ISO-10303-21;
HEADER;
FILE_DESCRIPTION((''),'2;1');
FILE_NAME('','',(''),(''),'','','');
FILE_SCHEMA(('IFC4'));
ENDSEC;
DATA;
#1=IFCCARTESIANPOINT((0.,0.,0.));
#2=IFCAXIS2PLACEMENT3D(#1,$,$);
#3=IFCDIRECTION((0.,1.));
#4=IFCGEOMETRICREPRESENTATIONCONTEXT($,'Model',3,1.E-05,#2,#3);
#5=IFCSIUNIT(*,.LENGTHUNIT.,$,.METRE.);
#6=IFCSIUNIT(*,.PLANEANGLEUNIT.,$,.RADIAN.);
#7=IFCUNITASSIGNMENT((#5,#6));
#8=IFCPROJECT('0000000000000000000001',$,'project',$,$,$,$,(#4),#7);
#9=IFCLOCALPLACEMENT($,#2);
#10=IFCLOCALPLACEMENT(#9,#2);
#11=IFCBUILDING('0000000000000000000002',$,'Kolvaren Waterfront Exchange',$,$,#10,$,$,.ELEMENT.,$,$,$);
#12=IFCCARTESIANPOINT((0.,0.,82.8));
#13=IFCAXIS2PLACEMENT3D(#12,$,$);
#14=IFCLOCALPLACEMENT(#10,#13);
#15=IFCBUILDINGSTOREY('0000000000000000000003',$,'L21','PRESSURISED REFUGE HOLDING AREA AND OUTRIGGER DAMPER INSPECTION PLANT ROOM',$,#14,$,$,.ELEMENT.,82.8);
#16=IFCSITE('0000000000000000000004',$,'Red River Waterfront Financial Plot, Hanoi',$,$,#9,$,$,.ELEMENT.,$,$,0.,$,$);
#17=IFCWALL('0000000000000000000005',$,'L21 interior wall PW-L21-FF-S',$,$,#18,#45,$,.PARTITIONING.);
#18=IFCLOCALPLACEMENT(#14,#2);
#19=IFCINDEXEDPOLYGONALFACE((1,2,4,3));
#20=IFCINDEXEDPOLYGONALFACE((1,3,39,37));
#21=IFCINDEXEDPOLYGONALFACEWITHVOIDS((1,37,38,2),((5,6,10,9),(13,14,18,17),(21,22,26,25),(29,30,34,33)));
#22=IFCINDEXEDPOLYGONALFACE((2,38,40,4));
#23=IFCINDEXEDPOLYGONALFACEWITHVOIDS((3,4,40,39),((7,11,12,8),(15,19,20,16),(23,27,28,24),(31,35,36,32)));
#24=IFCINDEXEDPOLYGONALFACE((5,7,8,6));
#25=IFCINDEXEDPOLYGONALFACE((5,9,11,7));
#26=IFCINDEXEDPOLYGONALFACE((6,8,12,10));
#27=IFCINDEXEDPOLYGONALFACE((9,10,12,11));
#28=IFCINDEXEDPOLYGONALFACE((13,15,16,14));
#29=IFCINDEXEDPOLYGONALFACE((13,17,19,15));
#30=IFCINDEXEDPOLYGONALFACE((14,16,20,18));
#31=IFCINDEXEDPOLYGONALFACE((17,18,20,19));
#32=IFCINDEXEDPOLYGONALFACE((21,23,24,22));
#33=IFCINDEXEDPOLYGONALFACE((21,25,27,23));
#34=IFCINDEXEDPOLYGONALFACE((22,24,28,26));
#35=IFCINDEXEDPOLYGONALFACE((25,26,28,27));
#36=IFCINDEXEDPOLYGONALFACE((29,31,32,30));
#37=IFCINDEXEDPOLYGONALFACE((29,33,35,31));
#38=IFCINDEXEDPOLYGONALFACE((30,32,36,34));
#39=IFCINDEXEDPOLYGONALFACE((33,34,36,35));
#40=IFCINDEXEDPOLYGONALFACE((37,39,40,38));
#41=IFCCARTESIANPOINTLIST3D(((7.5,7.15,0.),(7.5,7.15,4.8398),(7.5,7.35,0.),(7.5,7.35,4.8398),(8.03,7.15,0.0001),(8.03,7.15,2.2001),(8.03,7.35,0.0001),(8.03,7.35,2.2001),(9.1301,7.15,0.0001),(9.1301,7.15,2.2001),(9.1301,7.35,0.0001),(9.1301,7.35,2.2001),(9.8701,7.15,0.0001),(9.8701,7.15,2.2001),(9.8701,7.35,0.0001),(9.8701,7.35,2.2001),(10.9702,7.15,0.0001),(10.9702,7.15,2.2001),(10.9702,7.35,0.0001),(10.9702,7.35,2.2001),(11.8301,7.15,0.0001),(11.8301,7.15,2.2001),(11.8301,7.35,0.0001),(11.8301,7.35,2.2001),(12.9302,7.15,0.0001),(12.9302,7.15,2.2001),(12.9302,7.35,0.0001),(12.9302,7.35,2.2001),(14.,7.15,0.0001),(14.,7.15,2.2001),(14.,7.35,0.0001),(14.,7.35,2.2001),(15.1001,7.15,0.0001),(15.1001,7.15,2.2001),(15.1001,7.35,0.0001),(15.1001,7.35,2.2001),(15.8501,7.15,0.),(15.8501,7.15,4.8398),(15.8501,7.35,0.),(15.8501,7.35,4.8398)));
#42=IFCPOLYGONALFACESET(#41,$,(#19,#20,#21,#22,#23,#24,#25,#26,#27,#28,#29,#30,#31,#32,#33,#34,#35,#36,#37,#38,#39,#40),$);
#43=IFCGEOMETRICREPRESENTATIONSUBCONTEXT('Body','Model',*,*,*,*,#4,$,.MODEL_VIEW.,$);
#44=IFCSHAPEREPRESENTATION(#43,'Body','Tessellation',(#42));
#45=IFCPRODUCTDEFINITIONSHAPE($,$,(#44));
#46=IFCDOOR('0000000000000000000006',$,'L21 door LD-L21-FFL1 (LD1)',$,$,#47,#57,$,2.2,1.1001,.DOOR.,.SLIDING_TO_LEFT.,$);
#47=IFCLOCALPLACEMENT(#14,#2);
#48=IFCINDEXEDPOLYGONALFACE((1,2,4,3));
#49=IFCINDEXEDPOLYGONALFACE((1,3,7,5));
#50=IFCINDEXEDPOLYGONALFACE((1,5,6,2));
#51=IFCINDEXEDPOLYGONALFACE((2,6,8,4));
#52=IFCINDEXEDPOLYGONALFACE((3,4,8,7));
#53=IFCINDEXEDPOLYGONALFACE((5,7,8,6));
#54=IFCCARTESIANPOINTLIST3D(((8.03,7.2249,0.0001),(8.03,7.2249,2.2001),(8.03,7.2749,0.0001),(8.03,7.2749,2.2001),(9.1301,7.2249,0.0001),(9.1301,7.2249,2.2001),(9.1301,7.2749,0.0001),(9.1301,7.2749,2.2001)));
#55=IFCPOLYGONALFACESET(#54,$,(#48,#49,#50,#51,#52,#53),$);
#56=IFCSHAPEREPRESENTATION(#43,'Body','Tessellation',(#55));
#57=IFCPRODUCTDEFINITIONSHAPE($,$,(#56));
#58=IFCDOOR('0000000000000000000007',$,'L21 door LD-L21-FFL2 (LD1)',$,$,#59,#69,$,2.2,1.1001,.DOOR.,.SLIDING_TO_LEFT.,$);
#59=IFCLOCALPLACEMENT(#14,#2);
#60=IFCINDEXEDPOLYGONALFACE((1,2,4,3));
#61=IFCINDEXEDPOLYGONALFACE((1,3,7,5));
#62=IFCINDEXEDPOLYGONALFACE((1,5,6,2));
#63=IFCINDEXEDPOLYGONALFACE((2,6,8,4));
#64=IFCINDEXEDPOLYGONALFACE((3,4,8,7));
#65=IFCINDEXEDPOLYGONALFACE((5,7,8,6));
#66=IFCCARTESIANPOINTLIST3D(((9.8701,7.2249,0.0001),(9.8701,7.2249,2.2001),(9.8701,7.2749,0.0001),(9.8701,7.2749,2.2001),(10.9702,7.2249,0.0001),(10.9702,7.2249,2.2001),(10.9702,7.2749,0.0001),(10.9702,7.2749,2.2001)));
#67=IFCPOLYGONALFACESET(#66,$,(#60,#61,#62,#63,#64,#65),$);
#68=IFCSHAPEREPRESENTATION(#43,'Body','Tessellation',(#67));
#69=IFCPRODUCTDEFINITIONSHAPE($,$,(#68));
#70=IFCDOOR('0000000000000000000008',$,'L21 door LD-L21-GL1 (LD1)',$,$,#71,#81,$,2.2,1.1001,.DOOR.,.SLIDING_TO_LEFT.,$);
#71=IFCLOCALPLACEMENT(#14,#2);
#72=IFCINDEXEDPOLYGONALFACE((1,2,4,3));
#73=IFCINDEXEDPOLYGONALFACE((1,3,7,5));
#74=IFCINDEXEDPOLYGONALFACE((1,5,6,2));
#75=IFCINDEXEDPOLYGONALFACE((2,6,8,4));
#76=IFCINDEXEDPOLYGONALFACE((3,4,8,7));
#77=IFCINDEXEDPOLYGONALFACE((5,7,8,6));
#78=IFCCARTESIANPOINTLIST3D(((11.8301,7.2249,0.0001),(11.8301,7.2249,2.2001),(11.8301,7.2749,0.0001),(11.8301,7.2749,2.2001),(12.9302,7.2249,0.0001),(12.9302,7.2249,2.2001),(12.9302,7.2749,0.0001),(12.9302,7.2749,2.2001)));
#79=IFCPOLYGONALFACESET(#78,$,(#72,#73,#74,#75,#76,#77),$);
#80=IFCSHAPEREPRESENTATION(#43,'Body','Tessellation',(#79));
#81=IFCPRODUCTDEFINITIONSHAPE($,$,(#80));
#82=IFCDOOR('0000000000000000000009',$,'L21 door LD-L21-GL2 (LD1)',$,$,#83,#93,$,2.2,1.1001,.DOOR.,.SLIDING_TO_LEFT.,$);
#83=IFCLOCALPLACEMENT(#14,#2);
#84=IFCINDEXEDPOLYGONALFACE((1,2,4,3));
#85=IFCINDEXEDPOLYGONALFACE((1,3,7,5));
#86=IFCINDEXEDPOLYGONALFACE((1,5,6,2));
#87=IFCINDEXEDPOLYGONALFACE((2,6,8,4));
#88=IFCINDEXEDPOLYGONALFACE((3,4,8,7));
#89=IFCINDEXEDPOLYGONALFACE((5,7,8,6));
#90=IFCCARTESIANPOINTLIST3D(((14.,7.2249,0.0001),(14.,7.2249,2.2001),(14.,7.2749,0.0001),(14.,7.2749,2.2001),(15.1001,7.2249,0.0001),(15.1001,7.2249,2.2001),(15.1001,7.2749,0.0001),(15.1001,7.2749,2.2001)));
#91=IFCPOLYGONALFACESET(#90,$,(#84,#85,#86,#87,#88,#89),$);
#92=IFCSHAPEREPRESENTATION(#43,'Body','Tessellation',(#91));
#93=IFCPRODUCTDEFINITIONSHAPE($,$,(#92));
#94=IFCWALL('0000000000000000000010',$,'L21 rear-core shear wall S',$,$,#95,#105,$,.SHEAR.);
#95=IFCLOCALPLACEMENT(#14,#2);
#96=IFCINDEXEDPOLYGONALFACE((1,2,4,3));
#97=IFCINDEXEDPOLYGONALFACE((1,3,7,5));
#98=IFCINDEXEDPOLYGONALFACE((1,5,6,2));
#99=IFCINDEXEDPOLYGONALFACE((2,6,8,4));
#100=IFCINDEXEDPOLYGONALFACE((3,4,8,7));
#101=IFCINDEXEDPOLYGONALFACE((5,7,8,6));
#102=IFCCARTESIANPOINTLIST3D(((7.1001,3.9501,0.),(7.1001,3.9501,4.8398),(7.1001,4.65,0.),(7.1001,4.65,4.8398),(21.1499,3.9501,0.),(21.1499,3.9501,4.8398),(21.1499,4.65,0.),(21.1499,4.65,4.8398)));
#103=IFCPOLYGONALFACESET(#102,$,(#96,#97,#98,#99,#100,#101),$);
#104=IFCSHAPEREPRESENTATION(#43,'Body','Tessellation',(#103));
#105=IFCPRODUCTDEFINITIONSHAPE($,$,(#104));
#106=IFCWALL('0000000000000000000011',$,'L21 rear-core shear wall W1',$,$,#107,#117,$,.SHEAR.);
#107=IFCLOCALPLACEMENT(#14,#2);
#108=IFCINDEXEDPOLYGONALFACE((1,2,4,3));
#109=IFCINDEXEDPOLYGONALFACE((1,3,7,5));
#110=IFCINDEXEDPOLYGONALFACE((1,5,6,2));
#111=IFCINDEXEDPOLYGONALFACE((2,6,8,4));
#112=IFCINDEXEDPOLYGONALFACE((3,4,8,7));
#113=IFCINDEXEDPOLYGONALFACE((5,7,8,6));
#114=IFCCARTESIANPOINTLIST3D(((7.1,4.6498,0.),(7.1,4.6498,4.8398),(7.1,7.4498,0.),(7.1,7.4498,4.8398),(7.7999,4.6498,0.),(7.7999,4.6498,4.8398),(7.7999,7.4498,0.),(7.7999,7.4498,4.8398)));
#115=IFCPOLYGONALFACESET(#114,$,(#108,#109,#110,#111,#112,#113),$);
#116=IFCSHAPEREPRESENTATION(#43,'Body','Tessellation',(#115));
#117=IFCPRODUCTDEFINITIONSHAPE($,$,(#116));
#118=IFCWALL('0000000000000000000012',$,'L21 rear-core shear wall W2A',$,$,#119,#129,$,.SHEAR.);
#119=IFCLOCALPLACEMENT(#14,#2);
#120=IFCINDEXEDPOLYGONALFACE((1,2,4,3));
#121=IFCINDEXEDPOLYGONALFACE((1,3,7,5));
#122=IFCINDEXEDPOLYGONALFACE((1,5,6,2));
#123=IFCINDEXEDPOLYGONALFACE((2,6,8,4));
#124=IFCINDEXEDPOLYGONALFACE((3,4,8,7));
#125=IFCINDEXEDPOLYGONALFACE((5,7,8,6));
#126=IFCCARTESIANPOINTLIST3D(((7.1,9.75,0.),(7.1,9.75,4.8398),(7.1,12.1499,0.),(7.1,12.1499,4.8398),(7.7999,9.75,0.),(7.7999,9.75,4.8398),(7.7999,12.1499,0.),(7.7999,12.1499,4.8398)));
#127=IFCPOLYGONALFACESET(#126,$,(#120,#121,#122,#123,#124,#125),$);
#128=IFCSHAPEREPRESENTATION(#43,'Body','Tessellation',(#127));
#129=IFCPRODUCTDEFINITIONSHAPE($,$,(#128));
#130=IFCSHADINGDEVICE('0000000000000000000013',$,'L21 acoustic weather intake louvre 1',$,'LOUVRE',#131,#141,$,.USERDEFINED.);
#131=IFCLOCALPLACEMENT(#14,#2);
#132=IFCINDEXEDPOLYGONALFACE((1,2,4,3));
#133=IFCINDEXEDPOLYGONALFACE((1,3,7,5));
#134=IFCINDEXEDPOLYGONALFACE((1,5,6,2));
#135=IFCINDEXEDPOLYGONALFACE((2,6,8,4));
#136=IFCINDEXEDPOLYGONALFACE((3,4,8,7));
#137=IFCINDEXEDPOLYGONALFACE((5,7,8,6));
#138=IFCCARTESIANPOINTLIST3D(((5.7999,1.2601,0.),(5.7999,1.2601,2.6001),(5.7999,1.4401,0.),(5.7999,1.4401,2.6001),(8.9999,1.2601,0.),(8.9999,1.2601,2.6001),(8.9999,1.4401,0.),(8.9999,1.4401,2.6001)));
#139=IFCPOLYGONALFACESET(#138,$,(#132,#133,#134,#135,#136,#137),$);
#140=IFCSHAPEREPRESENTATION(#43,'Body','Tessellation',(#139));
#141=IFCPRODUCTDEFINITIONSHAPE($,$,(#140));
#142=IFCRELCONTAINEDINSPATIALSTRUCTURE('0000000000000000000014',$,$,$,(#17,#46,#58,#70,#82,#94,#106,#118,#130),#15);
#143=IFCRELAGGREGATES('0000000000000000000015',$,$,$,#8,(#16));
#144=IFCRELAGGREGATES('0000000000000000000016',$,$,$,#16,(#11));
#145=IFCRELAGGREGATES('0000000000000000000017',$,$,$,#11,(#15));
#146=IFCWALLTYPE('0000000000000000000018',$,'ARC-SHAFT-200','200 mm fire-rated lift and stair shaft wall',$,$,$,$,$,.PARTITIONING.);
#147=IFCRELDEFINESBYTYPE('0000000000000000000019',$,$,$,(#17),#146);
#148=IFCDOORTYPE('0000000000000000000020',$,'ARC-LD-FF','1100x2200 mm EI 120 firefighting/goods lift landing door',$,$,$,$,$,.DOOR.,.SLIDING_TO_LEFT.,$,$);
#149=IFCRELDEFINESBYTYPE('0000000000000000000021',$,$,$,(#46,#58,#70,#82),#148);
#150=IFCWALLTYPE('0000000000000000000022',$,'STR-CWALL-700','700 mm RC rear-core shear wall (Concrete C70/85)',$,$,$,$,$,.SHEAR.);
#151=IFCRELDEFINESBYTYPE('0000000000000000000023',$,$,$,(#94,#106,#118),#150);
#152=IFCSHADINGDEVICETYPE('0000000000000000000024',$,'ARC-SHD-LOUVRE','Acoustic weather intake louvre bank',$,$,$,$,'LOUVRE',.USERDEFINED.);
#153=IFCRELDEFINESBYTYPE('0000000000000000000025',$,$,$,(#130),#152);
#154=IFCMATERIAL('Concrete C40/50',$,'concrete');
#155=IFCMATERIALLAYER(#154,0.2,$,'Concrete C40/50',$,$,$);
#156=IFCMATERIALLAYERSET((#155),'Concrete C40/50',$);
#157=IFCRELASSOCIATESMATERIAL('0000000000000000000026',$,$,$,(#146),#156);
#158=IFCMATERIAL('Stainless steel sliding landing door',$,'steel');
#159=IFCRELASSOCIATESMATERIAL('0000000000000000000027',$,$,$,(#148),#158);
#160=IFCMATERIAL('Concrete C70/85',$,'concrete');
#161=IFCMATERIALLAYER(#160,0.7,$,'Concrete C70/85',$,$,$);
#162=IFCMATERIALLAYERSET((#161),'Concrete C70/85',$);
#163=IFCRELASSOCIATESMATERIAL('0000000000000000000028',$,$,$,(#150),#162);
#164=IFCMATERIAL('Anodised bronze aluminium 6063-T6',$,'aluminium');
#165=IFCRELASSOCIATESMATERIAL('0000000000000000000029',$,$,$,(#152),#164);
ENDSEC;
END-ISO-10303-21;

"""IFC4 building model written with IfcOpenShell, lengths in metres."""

from ifc_helpers import new_model, si_unit, direction, frame, frame_2d, origin, origin_with_axes, origin_2d, place, context, subcontext, project, spatial, rectangle, extrude, source, transform, mapped, material, layer, layer_set, type_object, element, fill, save


model = new_model("IFC4")

# Units and contexts
model_context = context("Model", 3, precision=1e-05, world=origin(), true_north=direction((0.0, 1.0)))
body_context = subcontext(model_context, "Body", "Model", "MODEL_VIEW")
ifc_project = project(units=[si_unit("LENGTHUNIT", "METRE"), si_unit("PLANEANGLEUNIT", "RADIAN")], contexts=[model_context])

# Site, building, storey
site_placement = place(None, origin())
site = spatial("IfcSite", under=ifc_project, at=site_placement, Name="Red River Waterfront Financial Plot, Hanoi", CompositionType="ELEMENT", RefElevation=0.0)
building_placement = place(site_placement, origin())
building = spatial("IfcBuilding", under=site, at=building_placement, Name="Kolvaren Waterfront Exchange", CompositionType="ELEMENT")
storey_placement = place(building_placement, frame((0.0, 0.0, 82.8)))
storey = spatial("IfcBuildingStorey", under=building, at=storey_placement, Name="L21", Description="PRESSURISED REFUGE HOLDING AREA AND OUTRIGGER DAMPER INSPECTION PLANT ROOM", CompositionType="ELEMENT", Elevation=82.8)

# Shared definitions
ifc_material_1 = material(Name="Concrete C70/85", Category="concrete")

# Shared definitions
ifc_material_2 = material(Name="Anodised bronze aluminium 6063-T6", Category="aluminium")

# Shared definitions
ifc_material_3 = material(Name="Concrete C40/50", Category="concrete")

# Wall, openings, doors
ifc_layer_1 = layer(ifc_material_3, 0.2, Name="Concrete C40/50")
ifc_layer_set_1 = layer_set([ifc_layer_1], Name="Concrete C40/50")
wall_type_1 = type_object("IfcWallType", Name="ARC-SHAFT-200", Description="200 mm fire-rated lift and stair shaft wall", PredefinedType="PARTITIONING", material=ifc_layer_set_1)
wall_1_placement = place(storey_placement, frame((7.5, 7.25, 0.0), z_axis=(0.0, 0.0, 1.0), x_axis=(1.0, 0.0, 0.0)))
wall_1 = element("IfcWall", 1, at=wall_1_placement, inside=storey, type_object=wall_type_1, Name="L21 interior wall PW-L21-FF-S", PredefinedType="PARTITIONING", context=body_context, shape_type="SweptSolid", body=[
    extrude(rectangle(XDim=8.3501, YDim=0.2, at=frame_2d((4.175, 0.0))), origin(), (0.0, 0.0, 1.0), 4.8398),
])
opening_1_placement = place(wall_1_placement, frame((0.53, 0.0, 0.0)))
opening_1 = element("IfcOpeningElement", 2, at=opening_1_placement, cuts=wall_1, PredefinedType="OPENING", context=body_context, shape_type="SweptSolid", body=[
    extrude(rectangle(XDim=1.1001, YDim=2.2, at=frame_2d((0.55, 1.1001))), frame((0.0, 0.1099, 0.0), z_axis=(0.0, -1.0, 0.0), x_axis=(1.0, 0.0, 0.0)), (0.0, 0.0, 1.0), 0.22),
])
opening_2_placement = place(wall_1_placement, frame((2.3701, 0.0, 0.0)))
opening_2 = element("IfcOpeningElement", 3, at=opening_2_placement, cuts=wall_1, PredefinedType="OPENING", context=body_context, shape_type="SweptSolid", body=[
    extrude(rectangle(XDim=1.1001, YDim=2.2, at=frame_2d((0.55, 1.1001))), frame((0.0, 0.1099, 0.0), z_axis=(0.0, -1.0, 0.0), x_axis=(1.0, 0.0, 0.0)), (0.0, 0.0, 1.0), 0.22),
])
opening_3_placement = place(wall_1_placement, frame((4.3301, 0.0, 0.0)))
opening_3 = element("IfcOpeningElement", 4, at=opening_3_placement, cuts=wall_1, PredefinedType="OPENING", context=body_context, shape_type="SweptSolid", body=[
    extrude(rectangle(XDim=1.1001, YDim=2.2, at=frame_2d((0.55, 1.1001))), frame((0.0, 0.1099, 0.0), z_axis=(0.0, -1.0, 0.0), x_axis=(1.0, 0.0, 0.0)), (0.0, 0.0, 1.0), 0.22),
])
opening_4_placement = place(wall_1_placement, frame((6.5, 0.0, 0.0)))
opening_4 = element("IfcOpeningElement", 5, at=opening_4_placement, cuts=wall_1, PredefinedType="OPENING", context=body_context, shape_type="SweptSolid", body=[
    extrude(rectangle(XDim=1.1001, YDim=2.2, at=frame_2d((0.55, 1.1001))), frame((0.0, 0.1099, 0.0), z_axis=(0.0, -1.0, 0.0), x_axis=(1.0, 0.0, 0.0)), (0.0, 0.0, 1.0), 0.22),
])
ifc_material_4 = material(Name="Stainless steel sliding landing door", Category="steel")
door_type_1 = type_object("IfcDoorType", Name="ARC-LD-FF", Description="1100x2200 mm EI 120 firefighting/goods lift landing door", OperationType="SLIDING_TO_LEFT", PredefinedType="DOOR", material=ifc_material_4)
door_1_placement = place(opening_1_placement, origin())
door_1 = element("IfcDoor", 6, at=door_1_placement, inside=storey, type_object=door_type_1, Name="L21 door LD-L21-FFL1 (LD1)", OperationType="SLIDING_TO_LEFT", OverallHeight=2.2, OverallWidth=1.1001, PredefinedType="DOOR", context=body_context, shape_type="SweptSolid", body=[
    extrude(rectangle(XDim=1.1001, YDim=2.2, at=frame_2d((0.55, 1.1001))), frame((0.0, 0.0249, 0.0), z_axis=(0.0, -1.0, 0.0), x_axis=(1.0, 0.0, 0.0)), (0.0, 0.0, 1.0), 0.05),
])
fill(opening_1, door_1)
door_2_placement = place(opening_2_placement, origin())
door_2 = element("IfcDoor", 7, at=door_2_placement, inside=storey, type_object=door_type_1, Name="L21 door LD-L21-FFL2 (LD1)", OperationType="SLIDING_TO_LEFT", OverallHeight=2.2, OverallWidth=1.1001, PredefinedType="DOOR", context=body_context, shape_type="SweptSolid", body=[
    extrude(rectangle(XDim=1.1001, YDim=2.2, at=frame_2d((0.55, 1.1001))), frame((0.0, 0.0249, 0.0), z_axis=(0.0, -1.0, 0.0), x_axis=(1.0, 0.0, 0.0)), (0.0, 0.0, 1.0), 0.05),
])
fill(opening_2, door_2)
door_3_placement = place(opening_3_placement, origin())
door_3 = element("IfcDoor", 8, at=door_3_placement, inside=storey, type_object=door_type_1, Name="L21 door LD-L21-GL1 (LD1)", OperationType="SLIDING_TO_LEFT", OverallHeight=2.2, OverallWidth=1.1001, PredefinedType="DOOR", context=body_context, shape_type="SweptSolid", body=[
    extrude(rectangle(XDim=1.1001, YDim=2.2, at=frame_2d((0.55, 1.1001))), frame((0.0, 0.0249, 0.0), z_axis=(0.0, -1.0, 0.0), x_axis=(1.0, 0.0, 0.0)), (0.0, 0.0, 1.0), 0.05),
])
fill(opening_3, door_3)
door_4_placement = place(opening_4_placement, origin())
door_4 = element("IfcDoor", 9, at=door_4_placement, inside=storey, type_object=door_type_1, Name="L21 door LD-L21-GL2 (LD1)", OperationType="SLIDING_TO_LEFT", OverallHeight=2.2, OverallWidth=1.1001, PredefinedType="DOOR", context=body_context, shape_type="SweptSolid", body=[
    extrude(rectangle(XDim=1.1001, YDim=2.2, at=frame_2d((0.55, 1.1001))), frame((0.0, 0.0249, 0.0), z_axis=(0.0, -1.0, 0.0), x_axis=(1.0, 0.0, 0.0)), (0.0, 0.0, 1.0), 0.05),
])
fill(opening_4, door_4)

# Walls
ifc_layer_2 = layer(ifc_material_1, 0.7, Name="Concrete C70/85")
ifc_layer_set_2 = layer_set([ifc_layer_2], Name="Concrete C70/85")
wall_type_2 = type_object("IfcWallType", Name="STR-CWALL-700", Description="700 mm RC rear-core shear wall (Concrete C70/85)", PredefinedType="SHEAR", material=ifc_layer_set_2)
wall_2_placement = place(storey_placement, frame((7.1001, 4.3, 0.0), z_axis=(0.0, 0.0, 1.0), x_axis=(1.0, 0.0, 0.0)))
element("IfcWall", 10, at=wall_2_placement, inside=storey, type_object=wall_type_2, Name="L21 rear-core shear wall S", PredefinedType="SHEAR", context=body_context, shape_type="SweptSolid", body=[
    extrude(rectangle(XDim=14.0498, YDim=0.7, at=frame_2d((7.0249, 0.0))), origin(), (0.0, 0.0, 1.0), 4.8398),
])
wall_3_placement = place(storey_placement, frame((7.45, 4.6499, 0.0), z_axis=(0.0, 0.0, 1.0), x_axis=(0.0, 1.0, 0.0)))
element("IfcWall", 11, at=wall_3_placement, inside=storey, type_object=wall_type_2, Name="L21 rear-core shear wall W1", PredefinedType="SHEAR", context=body_context, shape_type="SweptSolid", body=[
    extrude(rectangle(XDim=2.8, YDim=0.7, at=frame_2d((1.3999, 0.0))), origin(), (0.0, 0.0, 1.0), 4.8398),
])
wall_4_placement = place(storey_placement, frame((7.45, 9.75, 0.0), z_axis=(0.0, 0.0, 1.0), x_axis=(0.0, 1.0, 0.0)))
element("IfcWall", 12, at=wall_4_placement, inside=storey, type_object=wall_type_2, Name="L21 rear-core shear wall W2A", PredefinedType="SHEAR", context=body_context, shape_type="SweptSolid", body=[
    extrude(rectangle(XDim=2.3999, YDim=0.7, at=frame_2d((1.2, 0.0))), origin(), (0.0, 0.0, 1.0), 4.8398),
])

# Shading device
shading_device_type = type_object("IfcShadingDeviceType", Name="ARC-SHD-LOUVRE", Description="Acoustic weather intake louvre bank", ElementType="LOUVRE", PredefinedType="USERDEFINED", material=ifc_material_2)
shared_shape_1 = source(origin_with_axes(), body_context, "Body", "SweptSolid", [
    extrude(rectangle(XDim=3.2, YDim=0.1799, at=origin_2d()), origin(), (0.0, 0.0, 1.0), 2.6001),
])
shading_device_placement = place(storey_placement, frame((7.3999, 1.3501, 0.0), z_axis=(0.0, 0.0, 1.0), x_axis=(1.0, 0.0, 0.0)))
element("IfcShadingDevice", 13, at=shading_device_placement, inside=storey, type_object=shading_device_type, Name="L21 acoustic weather intake louvre 1", ObjectType="LOUVRE", PredefinedType="USERDEFINED", context=body_context, shape_type="MappedRepresentation", body=[
    mapped(shared_shape_1, transform((0.0, 0.0, 0.0), x_axis=(1.0, 0.0, 0.0), y_axis=(0.0, 1.0, 0.0), z_axis=(0.0, 0.0, 1.0), scale=1.0)),
])

save(model, "model.ifc")
